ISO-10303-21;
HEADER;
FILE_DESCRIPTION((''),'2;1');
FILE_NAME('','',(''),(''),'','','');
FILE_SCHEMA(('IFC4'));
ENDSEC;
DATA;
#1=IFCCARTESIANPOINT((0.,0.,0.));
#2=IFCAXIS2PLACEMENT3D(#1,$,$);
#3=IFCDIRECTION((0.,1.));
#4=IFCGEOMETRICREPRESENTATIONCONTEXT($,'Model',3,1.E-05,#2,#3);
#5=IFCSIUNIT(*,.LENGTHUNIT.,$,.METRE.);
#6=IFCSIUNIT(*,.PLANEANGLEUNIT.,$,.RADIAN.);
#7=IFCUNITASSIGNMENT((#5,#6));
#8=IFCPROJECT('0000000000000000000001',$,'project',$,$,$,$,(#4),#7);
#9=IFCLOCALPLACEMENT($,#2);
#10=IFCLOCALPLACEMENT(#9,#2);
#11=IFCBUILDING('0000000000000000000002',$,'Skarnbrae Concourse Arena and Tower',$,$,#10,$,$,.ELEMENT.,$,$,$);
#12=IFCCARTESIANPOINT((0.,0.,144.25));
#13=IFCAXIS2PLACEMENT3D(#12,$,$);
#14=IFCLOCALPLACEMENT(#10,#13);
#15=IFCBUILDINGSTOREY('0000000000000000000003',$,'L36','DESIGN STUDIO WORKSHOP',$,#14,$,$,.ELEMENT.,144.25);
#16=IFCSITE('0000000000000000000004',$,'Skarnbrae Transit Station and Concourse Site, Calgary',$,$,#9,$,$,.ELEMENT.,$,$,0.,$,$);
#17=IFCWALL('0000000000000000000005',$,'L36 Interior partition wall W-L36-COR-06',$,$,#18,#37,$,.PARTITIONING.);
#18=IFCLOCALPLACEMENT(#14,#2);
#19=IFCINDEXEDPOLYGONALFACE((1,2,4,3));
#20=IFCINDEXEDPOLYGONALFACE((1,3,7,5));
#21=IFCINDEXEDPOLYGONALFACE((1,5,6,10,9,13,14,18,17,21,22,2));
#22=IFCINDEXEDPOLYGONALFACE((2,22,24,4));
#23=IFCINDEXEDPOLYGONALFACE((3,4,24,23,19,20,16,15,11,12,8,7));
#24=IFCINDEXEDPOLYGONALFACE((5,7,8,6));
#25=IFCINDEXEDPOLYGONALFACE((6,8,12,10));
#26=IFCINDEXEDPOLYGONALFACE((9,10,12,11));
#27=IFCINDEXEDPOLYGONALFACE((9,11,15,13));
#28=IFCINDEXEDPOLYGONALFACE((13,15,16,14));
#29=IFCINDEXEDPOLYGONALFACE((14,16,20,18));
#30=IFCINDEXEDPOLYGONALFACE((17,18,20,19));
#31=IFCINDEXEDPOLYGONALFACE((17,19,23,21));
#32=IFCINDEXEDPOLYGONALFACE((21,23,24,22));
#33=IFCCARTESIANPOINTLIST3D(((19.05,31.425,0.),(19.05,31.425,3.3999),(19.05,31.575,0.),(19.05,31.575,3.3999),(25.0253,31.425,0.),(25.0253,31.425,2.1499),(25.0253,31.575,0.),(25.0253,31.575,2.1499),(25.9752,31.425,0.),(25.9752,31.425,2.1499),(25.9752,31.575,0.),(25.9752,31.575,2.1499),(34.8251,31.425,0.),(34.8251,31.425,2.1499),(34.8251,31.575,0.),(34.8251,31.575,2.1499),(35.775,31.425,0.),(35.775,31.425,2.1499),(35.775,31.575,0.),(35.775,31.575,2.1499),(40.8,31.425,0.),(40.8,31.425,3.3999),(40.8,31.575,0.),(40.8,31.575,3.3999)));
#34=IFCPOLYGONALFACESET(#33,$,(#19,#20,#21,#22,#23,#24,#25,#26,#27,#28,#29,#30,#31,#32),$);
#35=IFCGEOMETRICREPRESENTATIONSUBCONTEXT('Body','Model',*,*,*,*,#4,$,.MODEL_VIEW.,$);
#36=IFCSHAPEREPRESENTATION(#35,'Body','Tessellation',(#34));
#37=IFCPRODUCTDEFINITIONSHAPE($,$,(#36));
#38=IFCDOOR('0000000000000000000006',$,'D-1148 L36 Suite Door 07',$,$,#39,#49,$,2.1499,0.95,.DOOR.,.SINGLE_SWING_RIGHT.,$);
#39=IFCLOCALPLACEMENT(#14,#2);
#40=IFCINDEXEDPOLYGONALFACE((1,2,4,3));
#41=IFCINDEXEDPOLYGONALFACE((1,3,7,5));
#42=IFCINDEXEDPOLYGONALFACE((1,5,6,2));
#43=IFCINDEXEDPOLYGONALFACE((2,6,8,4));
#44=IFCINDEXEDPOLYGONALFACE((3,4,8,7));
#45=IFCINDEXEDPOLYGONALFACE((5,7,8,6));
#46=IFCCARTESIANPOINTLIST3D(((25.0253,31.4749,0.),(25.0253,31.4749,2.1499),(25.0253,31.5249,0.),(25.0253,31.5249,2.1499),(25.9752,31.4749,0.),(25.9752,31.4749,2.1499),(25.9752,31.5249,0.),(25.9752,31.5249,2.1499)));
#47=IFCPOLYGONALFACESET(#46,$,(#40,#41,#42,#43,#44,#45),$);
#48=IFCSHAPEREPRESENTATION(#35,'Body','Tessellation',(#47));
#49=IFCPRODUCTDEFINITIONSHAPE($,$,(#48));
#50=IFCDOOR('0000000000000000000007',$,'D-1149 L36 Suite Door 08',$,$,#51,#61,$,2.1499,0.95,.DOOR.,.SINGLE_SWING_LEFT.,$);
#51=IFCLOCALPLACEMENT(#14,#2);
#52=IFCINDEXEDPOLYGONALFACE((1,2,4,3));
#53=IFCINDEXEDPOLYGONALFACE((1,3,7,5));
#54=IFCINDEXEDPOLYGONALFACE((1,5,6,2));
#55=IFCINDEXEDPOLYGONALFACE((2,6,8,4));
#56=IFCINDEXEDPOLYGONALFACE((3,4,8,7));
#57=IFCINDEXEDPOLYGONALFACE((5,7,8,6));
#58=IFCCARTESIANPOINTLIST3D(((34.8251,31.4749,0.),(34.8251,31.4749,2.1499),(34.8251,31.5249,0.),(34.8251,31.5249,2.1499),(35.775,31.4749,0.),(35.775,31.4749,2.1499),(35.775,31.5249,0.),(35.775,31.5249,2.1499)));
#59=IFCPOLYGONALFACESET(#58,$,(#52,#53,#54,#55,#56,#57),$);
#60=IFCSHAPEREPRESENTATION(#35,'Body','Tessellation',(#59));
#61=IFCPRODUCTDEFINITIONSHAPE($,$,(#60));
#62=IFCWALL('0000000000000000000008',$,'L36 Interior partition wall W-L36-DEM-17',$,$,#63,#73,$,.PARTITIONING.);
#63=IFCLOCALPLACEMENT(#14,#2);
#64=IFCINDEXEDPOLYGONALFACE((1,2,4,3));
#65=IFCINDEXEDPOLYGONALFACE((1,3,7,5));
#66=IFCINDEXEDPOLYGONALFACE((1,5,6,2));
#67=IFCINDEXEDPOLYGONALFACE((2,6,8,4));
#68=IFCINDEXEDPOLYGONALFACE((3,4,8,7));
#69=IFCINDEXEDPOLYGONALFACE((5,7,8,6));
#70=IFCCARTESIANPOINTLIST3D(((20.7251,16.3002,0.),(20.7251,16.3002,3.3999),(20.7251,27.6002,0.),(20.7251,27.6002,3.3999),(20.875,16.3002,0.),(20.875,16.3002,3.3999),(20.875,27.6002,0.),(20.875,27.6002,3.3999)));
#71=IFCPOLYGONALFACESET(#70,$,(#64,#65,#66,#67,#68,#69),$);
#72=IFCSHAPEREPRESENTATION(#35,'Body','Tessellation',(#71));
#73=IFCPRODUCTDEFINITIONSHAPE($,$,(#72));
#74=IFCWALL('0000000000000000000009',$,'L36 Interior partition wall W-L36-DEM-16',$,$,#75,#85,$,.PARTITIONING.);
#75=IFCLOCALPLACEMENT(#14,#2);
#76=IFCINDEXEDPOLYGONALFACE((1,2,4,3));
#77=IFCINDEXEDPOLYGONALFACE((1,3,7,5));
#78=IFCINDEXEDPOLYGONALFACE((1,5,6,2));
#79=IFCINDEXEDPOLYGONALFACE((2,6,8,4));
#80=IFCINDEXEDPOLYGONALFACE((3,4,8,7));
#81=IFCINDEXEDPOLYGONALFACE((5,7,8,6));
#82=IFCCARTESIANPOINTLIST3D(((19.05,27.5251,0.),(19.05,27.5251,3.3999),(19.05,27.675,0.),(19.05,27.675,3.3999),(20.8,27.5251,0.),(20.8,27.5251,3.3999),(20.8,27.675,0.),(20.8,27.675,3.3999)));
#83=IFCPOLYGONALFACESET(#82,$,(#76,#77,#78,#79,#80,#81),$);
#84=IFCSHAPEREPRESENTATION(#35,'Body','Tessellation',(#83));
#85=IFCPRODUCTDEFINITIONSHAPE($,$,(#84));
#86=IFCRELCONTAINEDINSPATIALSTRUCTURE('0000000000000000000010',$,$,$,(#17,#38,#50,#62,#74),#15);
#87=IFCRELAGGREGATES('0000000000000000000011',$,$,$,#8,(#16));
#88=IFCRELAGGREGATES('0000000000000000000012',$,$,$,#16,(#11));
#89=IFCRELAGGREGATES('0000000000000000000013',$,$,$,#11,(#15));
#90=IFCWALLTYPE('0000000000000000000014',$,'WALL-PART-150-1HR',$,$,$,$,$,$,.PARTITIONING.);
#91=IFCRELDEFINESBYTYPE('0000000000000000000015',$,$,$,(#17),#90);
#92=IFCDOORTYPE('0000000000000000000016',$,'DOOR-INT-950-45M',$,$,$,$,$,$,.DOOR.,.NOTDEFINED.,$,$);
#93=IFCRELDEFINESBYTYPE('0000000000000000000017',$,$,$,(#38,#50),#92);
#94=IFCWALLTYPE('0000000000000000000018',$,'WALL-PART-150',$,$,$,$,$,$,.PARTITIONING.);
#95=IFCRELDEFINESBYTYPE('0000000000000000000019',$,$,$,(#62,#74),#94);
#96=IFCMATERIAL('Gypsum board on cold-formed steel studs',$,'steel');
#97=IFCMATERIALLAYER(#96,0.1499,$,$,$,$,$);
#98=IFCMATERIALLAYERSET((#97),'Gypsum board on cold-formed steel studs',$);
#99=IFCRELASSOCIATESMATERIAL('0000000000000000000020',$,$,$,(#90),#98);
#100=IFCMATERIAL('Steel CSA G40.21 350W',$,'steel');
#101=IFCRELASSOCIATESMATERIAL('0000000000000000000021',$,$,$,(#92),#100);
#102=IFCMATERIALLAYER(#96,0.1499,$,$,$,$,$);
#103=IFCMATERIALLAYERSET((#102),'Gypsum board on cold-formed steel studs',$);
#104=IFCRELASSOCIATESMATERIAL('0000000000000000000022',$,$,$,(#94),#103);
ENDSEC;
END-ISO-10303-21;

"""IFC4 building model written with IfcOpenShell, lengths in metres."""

from ifc_helpers import new_model, si_unit, direction, frame, frame_2d, origin, place, context, subcontext, project, spatial, rectangle, extrude, source, transform, mapped, material, layer, layer_set, type_object, element, fill, save


model = new_model("IFC4")

# Units and contexts
model_context = context("Model", 3, precision=1e-05, world=origin(), true_north=direction((0.0, 1.0)))
body_context = subcontext(model_context, "Body", "Model", "MODEL_VIEW")
ifc_project = project(units=[si_unit("LENGTHUNIT", "METRE"), si_unit("PLANEANGLEUNIT", "RADIAN")], contexts=[model_context])

# Site, building, storey
site_placement = place(None, origin())
site = spatial("IfcSite", under=ifc_project, at=site_placement, Name="Skarnbrae Transit Station and Concourse Site, Calgary", CompositionType="ELEMENT", RefElevation=0.0)
building_placement = place(site_placement, origin())
building = spatial("IfcBuilding", under=site, at=building_placement, Name="Skarnbrae Concourse Arena and Tower", CompositionType="ELEMENT")
storey_placement = place(building_placement, frame((0.0, 0.0, 144.25)))
storey = spatial("IfcBuildingStorey", under=building, at=storey_placement, Name="L36", Description="DESIGN STUDIO WORKSHOP", CompositionType="ELEMENT", Elevation=144.25)

# Shared definitions
ifc_material_1 = material(Name="Steel CSA G40.21 350W", Category="steel")

# Shared definitions
ifc_material_2 = material(Name="Gypsum board on cold-formed steel studs", Category="steel")
ifc_layer_1 = layer(ifc_material_2, 0.1499)
ifc_layer_set_1 = layer_set([ifc_layer_1], Name="Gypsum board on cold-formed steel studs")
wall_type_1 = type_object("IfcWallType", Name="WALL-PART-150-1HR", PredefinedType="PARTITIONING", material=ifc_layer_set_1)
door_type = type_object("IfcDoorType", Name="DOOR-INT-950-45M", OperationType="NOTDEFINED", PredefinedType="DOOR", material=ifc_material_1)
shared_shape_1 = source(origin(), body_context, "Body", "SweptSolid", [
    extrude(rectangle(XDim=0.95, YDim=2.1499, at=frame_2d((0.4751, 1.075))), frame((0.0, 0.0249, 0.0), z_axis=(0.0, -1.0, 0.0), x_axis=(1.0, 0.0, 0.0)), (0.0, 0.0, 1.0), 0.05),
])

# Wall, openings, doors
shared_shape_2 = source(origin(), body_context, "Body", "SweptSolid", [
    extrude(rectangle(XDim=21.75, YDim=0.1499, at=frame_2d((10.875, 0.0))), origin(), (0.0, 0.0, 1.0), 3.3999),
])
wall_1_placement = place(storey_placement, frame((19.05, 31.5, 0.0), z_axis=(0.0, 0.0, 1.0), x_axis=(1.0, 0.0, 0.0)))
wall_1 = element("IfcWall", 1, at=wall_1_placement, inside=storey, type_object=wall_type_1, Name="L36 Interior partition wall W-L36-COR-06", PredefinedType="PARTITIONING", context=body_context, shape_type="MappedRepresentation", body=[
    mapped(shared_shape_2, transform((0.0, 0.0, 0.0))),
])
opening_1_placement = place(wall_1_placement, frame((5.9751, 0.0, 0.0)))
opening_1 = element("IfcOpeningElement", 2, at=opening_1_placement, cuts=wall_1, PredefinedType="OPENING", context=body_context, shape_type="SweptSolid", body=[
    extrude(rectangle(XDim=0.95, YDim=2.1499, at=frame_2d((0.4751, 1.075))), frame((0.0, 0.085, 0.0), z_axis=(0.0, -1.0, 0.0), x_axis=(1.0, 0.0, 0.0)), (0.0, 0.0, 1.0), 0.1699),
])
opening_2_placement = place(wall_1_placement, frame((15.7749, 0.0, 0.0)))
opening_2 = element("IfcOpeningElement", 3, at=opening_2_placement, cuts=wall_1, PredefinedType="OPENING", context=body_context, shape_type="SweptSolid", body=[
    extrude(rectangle(XDim=0.95, YDim=2.1499, at=frame_2d((0.4751, 1.075))), frame((0.0, 0.085, 0.0), z_axis=(0.0, -1.0, 0.0), x_axis=(1.0, 0.0, 0.0)), (0.0, 0.0, 1.0), 0.1699),
])
door_1_placement = place(opening_1_placement, origin())
door_1 = element("IfcDoor", 4, at=door_1_placement, inside=storey, type_object=door_type, Name="D-1148 L36 Suite Door 07", OperationType="SINGLE_SWING_RIGHT", OverallHeight=2.1499, OverallWidth=0.95, PredefinedType="DOOR", context=body_context, shape_type="MappedRepresentation", body=[
    mapped(shared_shape_1, transform((0.0, 0.0, 0.0))),
])
fill(opening_1, door_1)
door_2_placement = place(opening_2_placement, origin())
door_2 = element("IfcDoor", 5, at=door_2_placement, inside=storey, type_object=door_type, Name="D-1149 L36 Suite Door 08", OperationType="SINGLE_SWING_LEFT", OverallHeight=2.1499, OverallWidth=0.95, PredefinedType="DOOR", context=body_context, shape_type="MappedRepresentation", body=[
    mapped(shared_shape_1, transform((0.0, 0.0, 0.0))),
])
fill(opening_2, door_2)

# Walls
ifc_layer_2 = layer(ifc_material_2, 0.1499)
ifc_layer_set_2 = layer_set([ifc_layer_2], Name="Gypsum board on cold-formed steel studs")
wall_type_2 = type_object("IfcWallType", Name="WALL-PART-150", PredefinedType="PARTITIONING", material=ifc_layer_set_2)
shared_shape_3 = source(origin(), body_context, "Body", "SweptSolid", [
    extrude(rectangle(XDim=11.3, YDim=0.1499, at=frame_2d((5.6499, 0.0))), origin(), (0.0, 0.0, 1.0), 3.3999),
])
wall_2_placement = place(storey_placement, frame((20.8, 27.6001, 0.0), z_axis=(0.0, 0.0, 1.0), x_axis=(0.0, -1.0, 0.0)))
element("IfcWall", 6, at=wall_2_placement, inside=storey, type_object=wall_type_2, Name="L36 Interior partition wall W-L36-DEM-17", PredefinedType="PARTITIONING", context=body_context, shape_type="MappedRepresentation", body=[
    mapped(shared_shape_3, transform((0.0, 0.0, 0.0))),
])
shared_shape_4 = source(origin(), body_context, "Body", "SweptSolid", [
    extrude(rectangle(XDim=1.75, YDim=0.1499, at=frame_2d((0.875, 0.0))), origin(), (0.0, 0.0, 1.0), 3.3999),
])
wall_3_placement = place(storey_placement, frame((19.05, 27.6001, 0.0), z_axis=(0.0, 0.0, 1.0), x_axis=(1.0, 0.0, 0.0)))
element("IfcWall", 7, at=wall_3_placement, inside=storey, type_object=wall_type_2, Name="L36 Interior partition wall W-L36-DEM-16", PredefinedType="PARTITIONING", context=body_context, shape_type="MappedRepresentation", body=[
    mapped(shared_shape_4, transform((0.0, 0.0, 0.0))),
])

save(model, "model.ifc")
